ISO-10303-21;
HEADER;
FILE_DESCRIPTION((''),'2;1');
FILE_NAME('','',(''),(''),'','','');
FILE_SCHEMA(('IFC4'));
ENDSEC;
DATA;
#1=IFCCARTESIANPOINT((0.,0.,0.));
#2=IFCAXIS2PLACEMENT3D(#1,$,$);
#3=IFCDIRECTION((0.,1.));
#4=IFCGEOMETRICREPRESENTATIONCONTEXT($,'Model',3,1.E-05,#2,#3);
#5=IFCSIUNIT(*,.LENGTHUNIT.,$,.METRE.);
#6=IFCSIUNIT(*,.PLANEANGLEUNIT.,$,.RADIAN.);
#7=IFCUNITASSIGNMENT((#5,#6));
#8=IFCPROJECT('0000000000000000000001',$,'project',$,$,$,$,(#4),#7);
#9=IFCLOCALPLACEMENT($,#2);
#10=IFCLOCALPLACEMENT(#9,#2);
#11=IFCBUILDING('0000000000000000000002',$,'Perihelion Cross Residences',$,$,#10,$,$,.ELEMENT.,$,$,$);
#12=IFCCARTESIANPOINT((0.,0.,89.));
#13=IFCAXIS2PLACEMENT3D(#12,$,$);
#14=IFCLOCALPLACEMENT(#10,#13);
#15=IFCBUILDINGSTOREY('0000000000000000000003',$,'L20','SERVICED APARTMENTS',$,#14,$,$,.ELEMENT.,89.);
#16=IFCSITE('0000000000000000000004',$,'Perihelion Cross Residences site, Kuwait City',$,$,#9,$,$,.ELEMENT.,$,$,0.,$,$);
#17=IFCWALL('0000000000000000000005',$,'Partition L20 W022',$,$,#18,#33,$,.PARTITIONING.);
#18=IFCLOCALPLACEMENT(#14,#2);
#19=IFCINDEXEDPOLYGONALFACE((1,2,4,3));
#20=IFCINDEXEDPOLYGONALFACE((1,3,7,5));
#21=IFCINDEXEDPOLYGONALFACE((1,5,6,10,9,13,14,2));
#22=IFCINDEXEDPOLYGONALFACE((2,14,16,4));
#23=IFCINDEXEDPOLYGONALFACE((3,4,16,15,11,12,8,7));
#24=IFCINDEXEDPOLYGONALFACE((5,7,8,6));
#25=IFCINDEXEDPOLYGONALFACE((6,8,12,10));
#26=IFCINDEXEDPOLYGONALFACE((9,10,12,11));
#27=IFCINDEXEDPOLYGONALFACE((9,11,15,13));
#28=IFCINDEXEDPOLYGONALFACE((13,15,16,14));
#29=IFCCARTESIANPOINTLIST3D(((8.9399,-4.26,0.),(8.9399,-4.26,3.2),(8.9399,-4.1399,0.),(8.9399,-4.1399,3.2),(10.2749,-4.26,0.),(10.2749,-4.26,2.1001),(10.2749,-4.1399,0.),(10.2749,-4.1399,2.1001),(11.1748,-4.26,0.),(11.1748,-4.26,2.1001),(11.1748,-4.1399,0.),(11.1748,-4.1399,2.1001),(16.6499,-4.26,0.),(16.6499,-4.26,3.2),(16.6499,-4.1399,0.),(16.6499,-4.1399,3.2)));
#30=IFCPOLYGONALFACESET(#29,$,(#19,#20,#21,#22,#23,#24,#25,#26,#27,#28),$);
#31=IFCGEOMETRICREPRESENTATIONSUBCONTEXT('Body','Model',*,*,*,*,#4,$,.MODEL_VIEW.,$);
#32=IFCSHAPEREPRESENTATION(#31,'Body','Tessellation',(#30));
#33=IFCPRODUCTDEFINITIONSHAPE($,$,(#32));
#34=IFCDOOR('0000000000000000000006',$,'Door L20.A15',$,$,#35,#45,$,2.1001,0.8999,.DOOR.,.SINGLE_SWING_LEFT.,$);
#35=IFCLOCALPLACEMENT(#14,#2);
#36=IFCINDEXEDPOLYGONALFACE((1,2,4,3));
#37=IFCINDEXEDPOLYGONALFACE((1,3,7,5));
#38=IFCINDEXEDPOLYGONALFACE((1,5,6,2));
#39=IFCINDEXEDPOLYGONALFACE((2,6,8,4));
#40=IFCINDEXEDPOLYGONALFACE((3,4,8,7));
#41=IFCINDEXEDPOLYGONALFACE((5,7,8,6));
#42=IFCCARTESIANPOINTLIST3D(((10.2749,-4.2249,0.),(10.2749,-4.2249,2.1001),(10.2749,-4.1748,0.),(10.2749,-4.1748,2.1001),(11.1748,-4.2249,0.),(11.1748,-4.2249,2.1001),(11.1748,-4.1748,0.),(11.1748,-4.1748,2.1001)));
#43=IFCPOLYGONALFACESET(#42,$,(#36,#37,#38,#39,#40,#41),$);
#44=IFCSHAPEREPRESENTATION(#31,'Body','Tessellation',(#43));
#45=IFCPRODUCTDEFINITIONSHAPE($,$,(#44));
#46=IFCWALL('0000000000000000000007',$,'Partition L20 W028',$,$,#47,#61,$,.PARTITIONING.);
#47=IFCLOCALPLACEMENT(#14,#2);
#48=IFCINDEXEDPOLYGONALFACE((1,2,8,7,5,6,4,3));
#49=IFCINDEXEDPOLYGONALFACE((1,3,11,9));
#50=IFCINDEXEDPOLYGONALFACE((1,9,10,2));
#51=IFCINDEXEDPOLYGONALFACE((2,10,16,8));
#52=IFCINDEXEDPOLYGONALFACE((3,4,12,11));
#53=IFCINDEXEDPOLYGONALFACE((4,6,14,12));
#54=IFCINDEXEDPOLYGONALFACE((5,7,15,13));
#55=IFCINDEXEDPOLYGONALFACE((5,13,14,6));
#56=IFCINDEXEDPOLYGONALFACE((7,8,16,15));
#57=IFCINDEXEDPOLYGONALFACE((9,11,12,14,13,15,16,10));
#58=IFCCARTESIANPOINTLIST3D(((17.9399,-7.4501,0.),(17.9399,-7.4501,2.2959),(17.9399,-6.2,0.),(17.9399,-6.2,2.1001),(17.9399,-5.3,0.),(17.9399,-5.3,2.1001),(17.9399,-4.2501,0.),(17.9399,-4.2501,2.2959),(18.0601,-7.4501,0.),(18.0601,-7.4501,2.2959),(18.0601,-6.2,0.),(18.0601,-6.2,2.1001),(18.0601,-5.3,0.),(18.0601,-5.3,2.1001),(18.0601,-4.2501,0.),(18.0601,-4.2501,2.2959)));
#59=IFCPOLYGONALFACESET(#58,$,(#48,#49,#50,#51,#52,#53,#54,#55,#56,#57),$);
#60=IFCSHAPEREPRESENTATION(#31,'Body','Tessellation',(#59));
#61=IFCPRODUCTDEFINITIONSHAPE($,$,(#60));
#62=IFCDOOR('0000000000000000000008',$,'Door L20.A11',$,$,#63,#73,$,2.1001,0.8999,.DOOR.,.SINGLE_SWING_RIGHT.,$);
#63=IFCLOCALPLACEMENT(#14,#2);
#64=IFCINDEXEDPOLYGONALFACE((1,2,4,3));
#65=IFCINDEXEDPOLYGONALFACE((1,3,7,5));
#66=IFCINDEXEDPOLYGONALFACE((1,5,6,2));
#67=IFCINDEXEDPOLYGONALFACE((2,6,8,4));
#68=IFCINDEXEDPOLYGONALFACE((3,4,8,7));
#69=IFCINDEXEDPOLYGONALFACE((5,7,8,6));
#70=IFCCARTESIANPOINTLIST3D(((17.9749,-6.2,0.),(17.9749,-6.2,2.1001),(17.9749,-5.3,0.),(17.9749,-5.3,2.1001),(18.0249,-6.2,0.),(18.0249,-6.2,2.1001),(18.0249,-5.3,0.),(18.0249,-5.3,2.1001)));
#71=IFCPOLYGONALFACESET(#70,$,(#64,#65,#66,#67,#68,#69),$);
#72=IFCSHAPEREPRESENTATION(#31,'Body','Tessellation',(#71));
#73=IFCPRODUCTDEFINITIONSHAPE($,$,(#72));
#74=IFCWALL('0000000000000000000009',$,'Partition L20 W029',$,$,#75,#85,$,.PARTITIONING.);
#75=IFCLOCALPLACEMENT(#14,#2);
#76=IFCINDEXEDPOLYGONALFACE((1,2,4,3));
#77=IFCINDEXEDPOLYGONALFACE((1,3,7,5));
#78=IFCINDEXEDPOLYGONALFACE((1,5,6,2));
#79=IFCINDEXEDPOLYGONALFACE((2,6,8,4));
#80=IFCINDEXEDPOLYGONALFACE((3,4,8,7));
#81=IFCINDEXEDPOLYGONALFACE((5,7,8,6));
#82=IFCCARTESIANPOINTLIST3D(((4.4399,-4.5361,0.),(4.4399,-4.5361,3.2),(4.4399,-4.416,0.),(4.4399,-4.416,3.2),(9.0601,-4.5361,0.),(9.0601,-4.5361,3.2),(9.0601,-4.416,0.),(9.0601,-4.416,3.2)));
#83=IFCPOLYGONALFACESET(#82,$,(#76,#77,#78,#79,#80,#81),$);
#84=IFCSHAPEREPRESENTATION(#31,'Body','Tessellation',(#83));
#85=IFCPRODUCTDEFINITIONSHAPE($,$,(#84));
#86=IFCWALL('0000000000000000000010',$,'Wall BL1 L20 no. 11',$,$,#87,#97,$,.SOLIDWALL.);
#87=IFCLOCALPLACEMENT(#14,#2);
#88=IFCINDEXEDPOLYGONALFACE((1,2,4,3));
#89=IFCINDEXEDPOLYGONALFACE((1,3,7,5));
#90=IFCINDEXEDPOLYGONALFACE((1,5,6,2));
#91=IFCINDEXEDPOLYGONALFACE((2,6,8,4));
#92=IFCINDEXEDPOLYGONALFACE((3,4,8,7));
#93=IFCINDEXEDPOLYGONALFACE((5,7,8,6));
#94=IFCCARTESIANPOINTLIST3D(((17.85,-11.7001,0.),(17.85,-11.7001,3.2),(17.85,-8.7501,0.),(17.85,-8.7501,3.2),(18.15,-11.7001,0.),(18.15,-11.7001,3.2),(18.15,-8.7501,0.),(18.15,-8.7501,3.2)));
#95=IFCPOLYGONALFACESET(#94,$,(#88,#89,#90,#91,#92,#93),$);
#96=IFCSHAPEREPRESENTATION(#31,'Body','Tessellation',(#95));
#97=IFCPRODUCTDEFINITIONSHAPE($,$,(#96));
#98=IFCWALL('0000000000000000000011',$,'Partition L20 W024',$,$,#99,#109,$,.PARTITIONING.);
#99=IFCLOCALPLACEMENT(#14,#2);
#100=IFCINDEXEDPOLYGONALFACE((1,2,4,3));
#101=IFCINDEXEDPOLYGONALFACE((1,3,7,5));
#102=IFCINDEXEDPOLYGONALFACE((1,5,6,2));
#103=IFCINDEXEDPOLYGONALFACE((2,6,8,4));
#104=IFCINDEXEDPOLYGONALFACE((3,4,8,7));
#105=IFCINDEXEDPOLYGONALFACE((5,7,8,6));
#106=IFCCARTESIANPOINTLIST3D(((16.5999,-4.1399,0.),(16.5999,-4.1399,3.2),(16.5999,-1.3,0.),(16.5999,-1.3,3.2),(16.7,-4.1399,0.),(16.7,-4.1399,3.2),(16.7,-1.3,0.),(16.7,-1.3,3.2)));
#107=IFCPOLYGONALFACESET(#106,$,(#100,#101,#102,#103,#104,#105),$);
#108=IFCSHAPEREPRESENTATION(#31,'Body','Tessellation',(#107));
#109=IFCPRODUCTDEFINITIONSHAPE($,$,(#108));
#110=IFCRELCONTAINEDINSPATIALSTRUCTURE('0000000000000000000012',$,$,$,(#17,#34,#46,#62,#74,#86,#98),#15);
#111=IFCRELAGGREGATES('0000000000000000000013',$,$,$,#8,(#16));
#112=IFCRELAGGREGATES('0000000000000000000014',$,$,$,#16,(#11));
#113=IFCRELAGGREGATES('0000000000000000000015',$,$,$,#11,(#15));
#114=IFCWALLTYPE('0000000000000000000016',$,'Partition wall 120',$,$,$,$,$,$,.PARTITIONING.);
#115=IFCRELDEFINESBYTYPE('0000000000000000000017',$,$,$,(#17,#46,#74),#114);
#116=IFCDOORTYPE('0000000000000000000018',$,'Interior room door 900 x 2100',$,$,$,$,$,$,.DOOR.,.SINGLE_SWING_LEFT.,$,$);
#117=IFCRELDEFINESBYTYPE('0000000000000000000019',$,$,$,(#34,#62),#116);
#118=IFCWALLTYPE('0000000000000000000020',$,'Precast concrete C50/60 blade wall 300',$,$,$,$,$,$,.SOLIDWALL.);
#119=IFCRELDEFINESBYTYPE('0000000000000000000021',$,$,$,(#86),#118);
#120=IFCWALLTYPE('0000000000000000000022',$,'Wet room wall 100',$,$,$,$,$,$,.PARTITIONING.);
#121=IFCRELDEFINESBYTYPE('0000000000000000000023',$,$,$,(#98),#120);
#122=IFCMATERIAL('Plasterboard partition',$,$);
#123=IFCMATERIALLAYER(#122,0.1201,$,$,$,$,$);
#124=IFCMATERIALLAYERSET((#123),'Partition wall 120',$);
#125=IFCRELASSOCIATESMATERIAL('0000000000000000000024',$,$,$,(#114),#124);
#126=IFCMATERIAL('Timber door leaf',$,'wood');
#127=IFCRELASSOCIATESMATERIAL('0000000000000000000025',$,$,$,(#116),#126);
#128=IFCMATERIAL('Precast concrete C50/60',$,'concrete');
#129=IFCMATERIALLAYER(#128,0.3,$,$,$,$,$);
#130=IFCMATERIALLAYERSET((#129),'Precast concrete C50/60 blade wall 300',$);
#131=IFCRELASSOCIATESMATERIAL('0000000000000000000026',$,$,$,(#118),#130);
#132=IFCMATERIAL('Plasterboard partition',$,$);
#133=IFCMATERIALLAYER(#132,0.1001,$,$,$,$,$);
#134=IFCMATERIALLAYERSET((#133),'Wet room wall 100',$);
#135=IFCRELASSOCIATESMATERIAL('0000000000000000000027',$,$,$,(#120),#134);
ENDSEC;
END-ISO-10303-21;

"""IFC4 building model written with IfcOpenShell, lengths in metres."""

from ifc_helpers import new_model, si_unit, direction, frame, frame_2d, origin, place, context, subcontext, project, spatial, rectangle, extrude, material, layer, layer_set, type_object, element, fill, save


model = new_model("IFC4")

# Units and contexts
model_context = context("Model", 3, precision=1e-05, world=origin(), true_north=direction((0.0, 1.0)))
body_context = subcontext(model_context, "Body", "Model", "MODEL_VIEW")
ifc_project = project(units=[si_unit("LENGTHUNIT", "METRE"), si_unit("PLANEANGLEUNIT", "RADIAN")], contexts=[model_context])

# Site, building, storey
site_placement = place(None, origin())
site = spatial("IfcSite", under=ifc_project, at=site_placement, Name="Perihelion Cross Residences site, Kuwait City", CompositionType="ELEMENT", RefElevation=0.0)
building_placement = place(site_placement, origin())
building = spatial("IfcBuilding", under=site, at=building_placement, Name="Perihelion Cross Residences", CompositionType="ELEMENT")
storey_placement = place(building_placement, frame((0.0, 0.0, 89.0)))
storey = spatial("IfcBuildingStorey", under=building, at=storey_placement, Name="L20", Description="SERVICED APARTMENTS", CompositionType="ELEMENT", Elevation=89.0)

# Walls, openings, doors
ifc_material_1 = material(Name="Plasterboard partition")
ifc_layer_1 = layer(ifc_material_1, 0.1201)
ifc_layer_set_1 = layer_set([ifc_layer_1], Name="Partition wall 120")
wall_type_1 = type_object("IfcWallType", Name="Partition wall 120", PredefinedType="PARTITIONING", material=ifc_layer_set_1)
ifc_material_2 = material(Name="Timber door leaf", Category="wood")
door_type_1 = type_object("IfcDoorType", Name="Interior room door 900 x 2100", OperationType="SINGLE_SWING_LEFT", PredefinedType="DOOR", material=ifc_material_2)
wall_1_placement = place(storey_placement, frame((16.6499, -4.2, 0.0), z_axis=(0.0, 0.0, 1.0), x_axis=(-1.0, 0.0, 0.0)))
wall_1 = element("IfcWall", 1, at=wall_1_placement, inside=storey, type_object=wall_type_1, Name="Partition L20 W022", PredefinedType="PARTITIONING", context=body_context, shape_type="SweptSolid", body=[
    extrude(rectangle(XDim=7.71, YDim=0.1201, at=frame_2d((3.855, 0.0))), origin(), (0.0, 0.0, 1.0), 3.2),
])
opening_1_placement = place(wall_1_placement, frame((5.4751, 0.0, 0.0)))
opening_1 = element("IfcOpeningElement", 2, at=opening_1_placement, cuts=wall_1, PredefinedType="OPENING", context=body_context, shape_type="SweptSolid", body=[
    extrude(rectangle(XDim=0.8999, YDim=2.1001, at=frame_2d((0.45, 1.05))), frame((0.0, 0.0701, 0.0), z_axis=(0.0, -1.0, 0.0), x_axis=(1.0, 0.0, 0.0)), (0.0, 0.0, 1.0), 0.1401),
])
door_1_placement = place(opening_1_placement, origin())
door_1 = element("IfcDoor", 3, at=door_1_placement, inside=storey, type_object=door_type_1, Name="Door L20.A15", OperationType="SINGLE_SWING_LEFT", OverallHeight=2.1001, OverallWidth=0.8999, PredefinedType="DOOR", context=body_context, shape_type="SweptSolid", body=[
    extrude(rectangle(XDim=0.8999, YDim=2.1001, at=frame_2d((0.45, 1.05))), frame((0.0, 0.0249, 0.0), z_axis=(0.0, -1.0, 0.0), x_axis=(1.0, 0.0, 0.0)), (0.0, 0.0, 1.0), 0.05),
])
fill(opening_1, door_1)
wall_2_placement = place(storey_placement, frame((18.0, -4.25, 0.0), z_axis=(0.0, 0.0, 1.0), x_axis=(0.0, -1.0, 0.0)))
wall_2 = element("IfcWall", 4, at=wall_2_placement, inside=storey, type_object=wall_type_1, Name="Partition L20 W028", PredefinedType="PARTITIONING", context=body_context, shape_type="SweptSolid", body=[
    extrude(rectangle(XDim=3.2, YDim=0.1201, at=frame_2d((1.6001, 0.0))), origin(), (0.0, 0.0, 1.0), 2.2959),
])
opening_2_placement = place(wall_2_placement, frame((1.05, 0.0, 0.0)))
opening_2 = element("IfcOpeningElement", 5, at=opening_2_placement, cuts=wall_2, PredefinedType="OPENING", context=body_context, shape_type="SweptSolid", body=[
    extrude(rectangle(XDim=0.8999, YDim=2.1001, at=frame_2d((0.45, 1.05))), frame((0.0, 0.0701, 0.0), z_axis=(0.0, -1.0, 0.0), x_axis=(1.0, 0.0, 0.0)), (0.0, 0.0, 1.0), 0.1401),
])
door_2_placement = place(opening_2_placement, origin())
door_2 = element("IfcDoor", 6, at=door_2_placement, inside=storey, type_object=door_type_1, Name="Door L20.A11", OperationType="SINGLE_SWING_RIGHT", OverallHeight=2.1001, OverallWidth=0.8999, PredefinedType="DOOR", context=body_context, shape_type="SweptSolid", body=[
    extrude(rectangle(XDim=0.8999, YDim=2.1001, at=frame_2d((0.45, 1.05))), frame((0.0, 0.0249, 0.0), z_axis=(0.0, -1.0, 0.0), x_axis=(1.0, 0.0, 0.0)), (0.0, 0.0, 1.0), 0.05),
])
fill(opening_2, door_2)

# Walls
wall_3_placement = place(storey_placement, frame((9.0601, -4.4761, 0.0), z_axis=(0.0, 0.0, 1.0), x_axis=(-1.0, 0.0, 0.0)))
element("IfcWall", 7, at=wall_3_placement, inside=storey, type_object=wall_type_1, Name="Partition L20 W029", PredefinedType="PARTITIONING", context=body_context, shape_type="SweptSolid", body=[
    extrude(rectangle(XDim=4.6201, YDim=0.1201, at=frame_2d((2.3101, 0.0))), origin(), (0.0, 0.0, 1.0), 3.2),
])
ifc_material_3 = material(Name="Precast concrete C50/60", Category="concrete")
ifc_layer_2 = layer(ifc_material_3, 0.3)
ifc_layer_set_2 = layer_set([ifc_layer_2], Name="Precast concrete C50/60 blade wall 300")
wall_type_2 = type_object("IfcWallType", Name="Precast concrete C50/60 blade wall 300", PredefinedType="SOLIDWALL", material=ifc_layer_set_2)
wall_4_placement = place(storey_placement, frame((18.0, -8.75, 0.0), z_axis=(0.0, 0.0, 1.0), x_axis=(0.0, -1.0, 0.0)))
element("IfcWall", 8, at=wall_4_placement, inside=storey, type_object=wall_type_2, Name="Wall BL1 L20 no. 11", PredefinedType="SOLIDWALL", context=body_context, shape_type="SweptSolid", body=[
    extrude(rectangle(XDim=2.95, YDim=0.3, at=frame_2d((1.4751, 0.0))), origin(), (0.0, 0.0, 1.0), 3.2),
])
ifc_material_4 = material(Name="Plasterboard partition")
ifc_layer_3 = layer(ifc_material_4, 0.1001)
ifc_layer_set_3 = layer_set([ifc_layer_3], Name="Wet room wall 100")
wall_type_3 = type_object("IfcWallType", Name="Wet room wall 100", PredefinedType="PARTITIONING", material=ifc_layer_set_3)
wall_5_placement = place(storey_placement, frame((16.6499, -1.3, 0.0), z_axis=(0.0, 0.0, 1.0), x_axis=(0.0, -1.0, 0.0)))
element("IfcWall", 9, at=wall_5_placement, inside=storey, type_object=wall_type_3, Name="Partition L20 W024", PredefinedType="PARTITIONING", context=body_context, shape_type="SweptSolid", body=[
    extrude(rectangle(XDim=2.8398, YDim=0.1001, at=frame_2d((1.4199, 0.0))), origin(), (0.0, 0.0, 1.0), 3.2),
])

save(model, "model.ifc")
